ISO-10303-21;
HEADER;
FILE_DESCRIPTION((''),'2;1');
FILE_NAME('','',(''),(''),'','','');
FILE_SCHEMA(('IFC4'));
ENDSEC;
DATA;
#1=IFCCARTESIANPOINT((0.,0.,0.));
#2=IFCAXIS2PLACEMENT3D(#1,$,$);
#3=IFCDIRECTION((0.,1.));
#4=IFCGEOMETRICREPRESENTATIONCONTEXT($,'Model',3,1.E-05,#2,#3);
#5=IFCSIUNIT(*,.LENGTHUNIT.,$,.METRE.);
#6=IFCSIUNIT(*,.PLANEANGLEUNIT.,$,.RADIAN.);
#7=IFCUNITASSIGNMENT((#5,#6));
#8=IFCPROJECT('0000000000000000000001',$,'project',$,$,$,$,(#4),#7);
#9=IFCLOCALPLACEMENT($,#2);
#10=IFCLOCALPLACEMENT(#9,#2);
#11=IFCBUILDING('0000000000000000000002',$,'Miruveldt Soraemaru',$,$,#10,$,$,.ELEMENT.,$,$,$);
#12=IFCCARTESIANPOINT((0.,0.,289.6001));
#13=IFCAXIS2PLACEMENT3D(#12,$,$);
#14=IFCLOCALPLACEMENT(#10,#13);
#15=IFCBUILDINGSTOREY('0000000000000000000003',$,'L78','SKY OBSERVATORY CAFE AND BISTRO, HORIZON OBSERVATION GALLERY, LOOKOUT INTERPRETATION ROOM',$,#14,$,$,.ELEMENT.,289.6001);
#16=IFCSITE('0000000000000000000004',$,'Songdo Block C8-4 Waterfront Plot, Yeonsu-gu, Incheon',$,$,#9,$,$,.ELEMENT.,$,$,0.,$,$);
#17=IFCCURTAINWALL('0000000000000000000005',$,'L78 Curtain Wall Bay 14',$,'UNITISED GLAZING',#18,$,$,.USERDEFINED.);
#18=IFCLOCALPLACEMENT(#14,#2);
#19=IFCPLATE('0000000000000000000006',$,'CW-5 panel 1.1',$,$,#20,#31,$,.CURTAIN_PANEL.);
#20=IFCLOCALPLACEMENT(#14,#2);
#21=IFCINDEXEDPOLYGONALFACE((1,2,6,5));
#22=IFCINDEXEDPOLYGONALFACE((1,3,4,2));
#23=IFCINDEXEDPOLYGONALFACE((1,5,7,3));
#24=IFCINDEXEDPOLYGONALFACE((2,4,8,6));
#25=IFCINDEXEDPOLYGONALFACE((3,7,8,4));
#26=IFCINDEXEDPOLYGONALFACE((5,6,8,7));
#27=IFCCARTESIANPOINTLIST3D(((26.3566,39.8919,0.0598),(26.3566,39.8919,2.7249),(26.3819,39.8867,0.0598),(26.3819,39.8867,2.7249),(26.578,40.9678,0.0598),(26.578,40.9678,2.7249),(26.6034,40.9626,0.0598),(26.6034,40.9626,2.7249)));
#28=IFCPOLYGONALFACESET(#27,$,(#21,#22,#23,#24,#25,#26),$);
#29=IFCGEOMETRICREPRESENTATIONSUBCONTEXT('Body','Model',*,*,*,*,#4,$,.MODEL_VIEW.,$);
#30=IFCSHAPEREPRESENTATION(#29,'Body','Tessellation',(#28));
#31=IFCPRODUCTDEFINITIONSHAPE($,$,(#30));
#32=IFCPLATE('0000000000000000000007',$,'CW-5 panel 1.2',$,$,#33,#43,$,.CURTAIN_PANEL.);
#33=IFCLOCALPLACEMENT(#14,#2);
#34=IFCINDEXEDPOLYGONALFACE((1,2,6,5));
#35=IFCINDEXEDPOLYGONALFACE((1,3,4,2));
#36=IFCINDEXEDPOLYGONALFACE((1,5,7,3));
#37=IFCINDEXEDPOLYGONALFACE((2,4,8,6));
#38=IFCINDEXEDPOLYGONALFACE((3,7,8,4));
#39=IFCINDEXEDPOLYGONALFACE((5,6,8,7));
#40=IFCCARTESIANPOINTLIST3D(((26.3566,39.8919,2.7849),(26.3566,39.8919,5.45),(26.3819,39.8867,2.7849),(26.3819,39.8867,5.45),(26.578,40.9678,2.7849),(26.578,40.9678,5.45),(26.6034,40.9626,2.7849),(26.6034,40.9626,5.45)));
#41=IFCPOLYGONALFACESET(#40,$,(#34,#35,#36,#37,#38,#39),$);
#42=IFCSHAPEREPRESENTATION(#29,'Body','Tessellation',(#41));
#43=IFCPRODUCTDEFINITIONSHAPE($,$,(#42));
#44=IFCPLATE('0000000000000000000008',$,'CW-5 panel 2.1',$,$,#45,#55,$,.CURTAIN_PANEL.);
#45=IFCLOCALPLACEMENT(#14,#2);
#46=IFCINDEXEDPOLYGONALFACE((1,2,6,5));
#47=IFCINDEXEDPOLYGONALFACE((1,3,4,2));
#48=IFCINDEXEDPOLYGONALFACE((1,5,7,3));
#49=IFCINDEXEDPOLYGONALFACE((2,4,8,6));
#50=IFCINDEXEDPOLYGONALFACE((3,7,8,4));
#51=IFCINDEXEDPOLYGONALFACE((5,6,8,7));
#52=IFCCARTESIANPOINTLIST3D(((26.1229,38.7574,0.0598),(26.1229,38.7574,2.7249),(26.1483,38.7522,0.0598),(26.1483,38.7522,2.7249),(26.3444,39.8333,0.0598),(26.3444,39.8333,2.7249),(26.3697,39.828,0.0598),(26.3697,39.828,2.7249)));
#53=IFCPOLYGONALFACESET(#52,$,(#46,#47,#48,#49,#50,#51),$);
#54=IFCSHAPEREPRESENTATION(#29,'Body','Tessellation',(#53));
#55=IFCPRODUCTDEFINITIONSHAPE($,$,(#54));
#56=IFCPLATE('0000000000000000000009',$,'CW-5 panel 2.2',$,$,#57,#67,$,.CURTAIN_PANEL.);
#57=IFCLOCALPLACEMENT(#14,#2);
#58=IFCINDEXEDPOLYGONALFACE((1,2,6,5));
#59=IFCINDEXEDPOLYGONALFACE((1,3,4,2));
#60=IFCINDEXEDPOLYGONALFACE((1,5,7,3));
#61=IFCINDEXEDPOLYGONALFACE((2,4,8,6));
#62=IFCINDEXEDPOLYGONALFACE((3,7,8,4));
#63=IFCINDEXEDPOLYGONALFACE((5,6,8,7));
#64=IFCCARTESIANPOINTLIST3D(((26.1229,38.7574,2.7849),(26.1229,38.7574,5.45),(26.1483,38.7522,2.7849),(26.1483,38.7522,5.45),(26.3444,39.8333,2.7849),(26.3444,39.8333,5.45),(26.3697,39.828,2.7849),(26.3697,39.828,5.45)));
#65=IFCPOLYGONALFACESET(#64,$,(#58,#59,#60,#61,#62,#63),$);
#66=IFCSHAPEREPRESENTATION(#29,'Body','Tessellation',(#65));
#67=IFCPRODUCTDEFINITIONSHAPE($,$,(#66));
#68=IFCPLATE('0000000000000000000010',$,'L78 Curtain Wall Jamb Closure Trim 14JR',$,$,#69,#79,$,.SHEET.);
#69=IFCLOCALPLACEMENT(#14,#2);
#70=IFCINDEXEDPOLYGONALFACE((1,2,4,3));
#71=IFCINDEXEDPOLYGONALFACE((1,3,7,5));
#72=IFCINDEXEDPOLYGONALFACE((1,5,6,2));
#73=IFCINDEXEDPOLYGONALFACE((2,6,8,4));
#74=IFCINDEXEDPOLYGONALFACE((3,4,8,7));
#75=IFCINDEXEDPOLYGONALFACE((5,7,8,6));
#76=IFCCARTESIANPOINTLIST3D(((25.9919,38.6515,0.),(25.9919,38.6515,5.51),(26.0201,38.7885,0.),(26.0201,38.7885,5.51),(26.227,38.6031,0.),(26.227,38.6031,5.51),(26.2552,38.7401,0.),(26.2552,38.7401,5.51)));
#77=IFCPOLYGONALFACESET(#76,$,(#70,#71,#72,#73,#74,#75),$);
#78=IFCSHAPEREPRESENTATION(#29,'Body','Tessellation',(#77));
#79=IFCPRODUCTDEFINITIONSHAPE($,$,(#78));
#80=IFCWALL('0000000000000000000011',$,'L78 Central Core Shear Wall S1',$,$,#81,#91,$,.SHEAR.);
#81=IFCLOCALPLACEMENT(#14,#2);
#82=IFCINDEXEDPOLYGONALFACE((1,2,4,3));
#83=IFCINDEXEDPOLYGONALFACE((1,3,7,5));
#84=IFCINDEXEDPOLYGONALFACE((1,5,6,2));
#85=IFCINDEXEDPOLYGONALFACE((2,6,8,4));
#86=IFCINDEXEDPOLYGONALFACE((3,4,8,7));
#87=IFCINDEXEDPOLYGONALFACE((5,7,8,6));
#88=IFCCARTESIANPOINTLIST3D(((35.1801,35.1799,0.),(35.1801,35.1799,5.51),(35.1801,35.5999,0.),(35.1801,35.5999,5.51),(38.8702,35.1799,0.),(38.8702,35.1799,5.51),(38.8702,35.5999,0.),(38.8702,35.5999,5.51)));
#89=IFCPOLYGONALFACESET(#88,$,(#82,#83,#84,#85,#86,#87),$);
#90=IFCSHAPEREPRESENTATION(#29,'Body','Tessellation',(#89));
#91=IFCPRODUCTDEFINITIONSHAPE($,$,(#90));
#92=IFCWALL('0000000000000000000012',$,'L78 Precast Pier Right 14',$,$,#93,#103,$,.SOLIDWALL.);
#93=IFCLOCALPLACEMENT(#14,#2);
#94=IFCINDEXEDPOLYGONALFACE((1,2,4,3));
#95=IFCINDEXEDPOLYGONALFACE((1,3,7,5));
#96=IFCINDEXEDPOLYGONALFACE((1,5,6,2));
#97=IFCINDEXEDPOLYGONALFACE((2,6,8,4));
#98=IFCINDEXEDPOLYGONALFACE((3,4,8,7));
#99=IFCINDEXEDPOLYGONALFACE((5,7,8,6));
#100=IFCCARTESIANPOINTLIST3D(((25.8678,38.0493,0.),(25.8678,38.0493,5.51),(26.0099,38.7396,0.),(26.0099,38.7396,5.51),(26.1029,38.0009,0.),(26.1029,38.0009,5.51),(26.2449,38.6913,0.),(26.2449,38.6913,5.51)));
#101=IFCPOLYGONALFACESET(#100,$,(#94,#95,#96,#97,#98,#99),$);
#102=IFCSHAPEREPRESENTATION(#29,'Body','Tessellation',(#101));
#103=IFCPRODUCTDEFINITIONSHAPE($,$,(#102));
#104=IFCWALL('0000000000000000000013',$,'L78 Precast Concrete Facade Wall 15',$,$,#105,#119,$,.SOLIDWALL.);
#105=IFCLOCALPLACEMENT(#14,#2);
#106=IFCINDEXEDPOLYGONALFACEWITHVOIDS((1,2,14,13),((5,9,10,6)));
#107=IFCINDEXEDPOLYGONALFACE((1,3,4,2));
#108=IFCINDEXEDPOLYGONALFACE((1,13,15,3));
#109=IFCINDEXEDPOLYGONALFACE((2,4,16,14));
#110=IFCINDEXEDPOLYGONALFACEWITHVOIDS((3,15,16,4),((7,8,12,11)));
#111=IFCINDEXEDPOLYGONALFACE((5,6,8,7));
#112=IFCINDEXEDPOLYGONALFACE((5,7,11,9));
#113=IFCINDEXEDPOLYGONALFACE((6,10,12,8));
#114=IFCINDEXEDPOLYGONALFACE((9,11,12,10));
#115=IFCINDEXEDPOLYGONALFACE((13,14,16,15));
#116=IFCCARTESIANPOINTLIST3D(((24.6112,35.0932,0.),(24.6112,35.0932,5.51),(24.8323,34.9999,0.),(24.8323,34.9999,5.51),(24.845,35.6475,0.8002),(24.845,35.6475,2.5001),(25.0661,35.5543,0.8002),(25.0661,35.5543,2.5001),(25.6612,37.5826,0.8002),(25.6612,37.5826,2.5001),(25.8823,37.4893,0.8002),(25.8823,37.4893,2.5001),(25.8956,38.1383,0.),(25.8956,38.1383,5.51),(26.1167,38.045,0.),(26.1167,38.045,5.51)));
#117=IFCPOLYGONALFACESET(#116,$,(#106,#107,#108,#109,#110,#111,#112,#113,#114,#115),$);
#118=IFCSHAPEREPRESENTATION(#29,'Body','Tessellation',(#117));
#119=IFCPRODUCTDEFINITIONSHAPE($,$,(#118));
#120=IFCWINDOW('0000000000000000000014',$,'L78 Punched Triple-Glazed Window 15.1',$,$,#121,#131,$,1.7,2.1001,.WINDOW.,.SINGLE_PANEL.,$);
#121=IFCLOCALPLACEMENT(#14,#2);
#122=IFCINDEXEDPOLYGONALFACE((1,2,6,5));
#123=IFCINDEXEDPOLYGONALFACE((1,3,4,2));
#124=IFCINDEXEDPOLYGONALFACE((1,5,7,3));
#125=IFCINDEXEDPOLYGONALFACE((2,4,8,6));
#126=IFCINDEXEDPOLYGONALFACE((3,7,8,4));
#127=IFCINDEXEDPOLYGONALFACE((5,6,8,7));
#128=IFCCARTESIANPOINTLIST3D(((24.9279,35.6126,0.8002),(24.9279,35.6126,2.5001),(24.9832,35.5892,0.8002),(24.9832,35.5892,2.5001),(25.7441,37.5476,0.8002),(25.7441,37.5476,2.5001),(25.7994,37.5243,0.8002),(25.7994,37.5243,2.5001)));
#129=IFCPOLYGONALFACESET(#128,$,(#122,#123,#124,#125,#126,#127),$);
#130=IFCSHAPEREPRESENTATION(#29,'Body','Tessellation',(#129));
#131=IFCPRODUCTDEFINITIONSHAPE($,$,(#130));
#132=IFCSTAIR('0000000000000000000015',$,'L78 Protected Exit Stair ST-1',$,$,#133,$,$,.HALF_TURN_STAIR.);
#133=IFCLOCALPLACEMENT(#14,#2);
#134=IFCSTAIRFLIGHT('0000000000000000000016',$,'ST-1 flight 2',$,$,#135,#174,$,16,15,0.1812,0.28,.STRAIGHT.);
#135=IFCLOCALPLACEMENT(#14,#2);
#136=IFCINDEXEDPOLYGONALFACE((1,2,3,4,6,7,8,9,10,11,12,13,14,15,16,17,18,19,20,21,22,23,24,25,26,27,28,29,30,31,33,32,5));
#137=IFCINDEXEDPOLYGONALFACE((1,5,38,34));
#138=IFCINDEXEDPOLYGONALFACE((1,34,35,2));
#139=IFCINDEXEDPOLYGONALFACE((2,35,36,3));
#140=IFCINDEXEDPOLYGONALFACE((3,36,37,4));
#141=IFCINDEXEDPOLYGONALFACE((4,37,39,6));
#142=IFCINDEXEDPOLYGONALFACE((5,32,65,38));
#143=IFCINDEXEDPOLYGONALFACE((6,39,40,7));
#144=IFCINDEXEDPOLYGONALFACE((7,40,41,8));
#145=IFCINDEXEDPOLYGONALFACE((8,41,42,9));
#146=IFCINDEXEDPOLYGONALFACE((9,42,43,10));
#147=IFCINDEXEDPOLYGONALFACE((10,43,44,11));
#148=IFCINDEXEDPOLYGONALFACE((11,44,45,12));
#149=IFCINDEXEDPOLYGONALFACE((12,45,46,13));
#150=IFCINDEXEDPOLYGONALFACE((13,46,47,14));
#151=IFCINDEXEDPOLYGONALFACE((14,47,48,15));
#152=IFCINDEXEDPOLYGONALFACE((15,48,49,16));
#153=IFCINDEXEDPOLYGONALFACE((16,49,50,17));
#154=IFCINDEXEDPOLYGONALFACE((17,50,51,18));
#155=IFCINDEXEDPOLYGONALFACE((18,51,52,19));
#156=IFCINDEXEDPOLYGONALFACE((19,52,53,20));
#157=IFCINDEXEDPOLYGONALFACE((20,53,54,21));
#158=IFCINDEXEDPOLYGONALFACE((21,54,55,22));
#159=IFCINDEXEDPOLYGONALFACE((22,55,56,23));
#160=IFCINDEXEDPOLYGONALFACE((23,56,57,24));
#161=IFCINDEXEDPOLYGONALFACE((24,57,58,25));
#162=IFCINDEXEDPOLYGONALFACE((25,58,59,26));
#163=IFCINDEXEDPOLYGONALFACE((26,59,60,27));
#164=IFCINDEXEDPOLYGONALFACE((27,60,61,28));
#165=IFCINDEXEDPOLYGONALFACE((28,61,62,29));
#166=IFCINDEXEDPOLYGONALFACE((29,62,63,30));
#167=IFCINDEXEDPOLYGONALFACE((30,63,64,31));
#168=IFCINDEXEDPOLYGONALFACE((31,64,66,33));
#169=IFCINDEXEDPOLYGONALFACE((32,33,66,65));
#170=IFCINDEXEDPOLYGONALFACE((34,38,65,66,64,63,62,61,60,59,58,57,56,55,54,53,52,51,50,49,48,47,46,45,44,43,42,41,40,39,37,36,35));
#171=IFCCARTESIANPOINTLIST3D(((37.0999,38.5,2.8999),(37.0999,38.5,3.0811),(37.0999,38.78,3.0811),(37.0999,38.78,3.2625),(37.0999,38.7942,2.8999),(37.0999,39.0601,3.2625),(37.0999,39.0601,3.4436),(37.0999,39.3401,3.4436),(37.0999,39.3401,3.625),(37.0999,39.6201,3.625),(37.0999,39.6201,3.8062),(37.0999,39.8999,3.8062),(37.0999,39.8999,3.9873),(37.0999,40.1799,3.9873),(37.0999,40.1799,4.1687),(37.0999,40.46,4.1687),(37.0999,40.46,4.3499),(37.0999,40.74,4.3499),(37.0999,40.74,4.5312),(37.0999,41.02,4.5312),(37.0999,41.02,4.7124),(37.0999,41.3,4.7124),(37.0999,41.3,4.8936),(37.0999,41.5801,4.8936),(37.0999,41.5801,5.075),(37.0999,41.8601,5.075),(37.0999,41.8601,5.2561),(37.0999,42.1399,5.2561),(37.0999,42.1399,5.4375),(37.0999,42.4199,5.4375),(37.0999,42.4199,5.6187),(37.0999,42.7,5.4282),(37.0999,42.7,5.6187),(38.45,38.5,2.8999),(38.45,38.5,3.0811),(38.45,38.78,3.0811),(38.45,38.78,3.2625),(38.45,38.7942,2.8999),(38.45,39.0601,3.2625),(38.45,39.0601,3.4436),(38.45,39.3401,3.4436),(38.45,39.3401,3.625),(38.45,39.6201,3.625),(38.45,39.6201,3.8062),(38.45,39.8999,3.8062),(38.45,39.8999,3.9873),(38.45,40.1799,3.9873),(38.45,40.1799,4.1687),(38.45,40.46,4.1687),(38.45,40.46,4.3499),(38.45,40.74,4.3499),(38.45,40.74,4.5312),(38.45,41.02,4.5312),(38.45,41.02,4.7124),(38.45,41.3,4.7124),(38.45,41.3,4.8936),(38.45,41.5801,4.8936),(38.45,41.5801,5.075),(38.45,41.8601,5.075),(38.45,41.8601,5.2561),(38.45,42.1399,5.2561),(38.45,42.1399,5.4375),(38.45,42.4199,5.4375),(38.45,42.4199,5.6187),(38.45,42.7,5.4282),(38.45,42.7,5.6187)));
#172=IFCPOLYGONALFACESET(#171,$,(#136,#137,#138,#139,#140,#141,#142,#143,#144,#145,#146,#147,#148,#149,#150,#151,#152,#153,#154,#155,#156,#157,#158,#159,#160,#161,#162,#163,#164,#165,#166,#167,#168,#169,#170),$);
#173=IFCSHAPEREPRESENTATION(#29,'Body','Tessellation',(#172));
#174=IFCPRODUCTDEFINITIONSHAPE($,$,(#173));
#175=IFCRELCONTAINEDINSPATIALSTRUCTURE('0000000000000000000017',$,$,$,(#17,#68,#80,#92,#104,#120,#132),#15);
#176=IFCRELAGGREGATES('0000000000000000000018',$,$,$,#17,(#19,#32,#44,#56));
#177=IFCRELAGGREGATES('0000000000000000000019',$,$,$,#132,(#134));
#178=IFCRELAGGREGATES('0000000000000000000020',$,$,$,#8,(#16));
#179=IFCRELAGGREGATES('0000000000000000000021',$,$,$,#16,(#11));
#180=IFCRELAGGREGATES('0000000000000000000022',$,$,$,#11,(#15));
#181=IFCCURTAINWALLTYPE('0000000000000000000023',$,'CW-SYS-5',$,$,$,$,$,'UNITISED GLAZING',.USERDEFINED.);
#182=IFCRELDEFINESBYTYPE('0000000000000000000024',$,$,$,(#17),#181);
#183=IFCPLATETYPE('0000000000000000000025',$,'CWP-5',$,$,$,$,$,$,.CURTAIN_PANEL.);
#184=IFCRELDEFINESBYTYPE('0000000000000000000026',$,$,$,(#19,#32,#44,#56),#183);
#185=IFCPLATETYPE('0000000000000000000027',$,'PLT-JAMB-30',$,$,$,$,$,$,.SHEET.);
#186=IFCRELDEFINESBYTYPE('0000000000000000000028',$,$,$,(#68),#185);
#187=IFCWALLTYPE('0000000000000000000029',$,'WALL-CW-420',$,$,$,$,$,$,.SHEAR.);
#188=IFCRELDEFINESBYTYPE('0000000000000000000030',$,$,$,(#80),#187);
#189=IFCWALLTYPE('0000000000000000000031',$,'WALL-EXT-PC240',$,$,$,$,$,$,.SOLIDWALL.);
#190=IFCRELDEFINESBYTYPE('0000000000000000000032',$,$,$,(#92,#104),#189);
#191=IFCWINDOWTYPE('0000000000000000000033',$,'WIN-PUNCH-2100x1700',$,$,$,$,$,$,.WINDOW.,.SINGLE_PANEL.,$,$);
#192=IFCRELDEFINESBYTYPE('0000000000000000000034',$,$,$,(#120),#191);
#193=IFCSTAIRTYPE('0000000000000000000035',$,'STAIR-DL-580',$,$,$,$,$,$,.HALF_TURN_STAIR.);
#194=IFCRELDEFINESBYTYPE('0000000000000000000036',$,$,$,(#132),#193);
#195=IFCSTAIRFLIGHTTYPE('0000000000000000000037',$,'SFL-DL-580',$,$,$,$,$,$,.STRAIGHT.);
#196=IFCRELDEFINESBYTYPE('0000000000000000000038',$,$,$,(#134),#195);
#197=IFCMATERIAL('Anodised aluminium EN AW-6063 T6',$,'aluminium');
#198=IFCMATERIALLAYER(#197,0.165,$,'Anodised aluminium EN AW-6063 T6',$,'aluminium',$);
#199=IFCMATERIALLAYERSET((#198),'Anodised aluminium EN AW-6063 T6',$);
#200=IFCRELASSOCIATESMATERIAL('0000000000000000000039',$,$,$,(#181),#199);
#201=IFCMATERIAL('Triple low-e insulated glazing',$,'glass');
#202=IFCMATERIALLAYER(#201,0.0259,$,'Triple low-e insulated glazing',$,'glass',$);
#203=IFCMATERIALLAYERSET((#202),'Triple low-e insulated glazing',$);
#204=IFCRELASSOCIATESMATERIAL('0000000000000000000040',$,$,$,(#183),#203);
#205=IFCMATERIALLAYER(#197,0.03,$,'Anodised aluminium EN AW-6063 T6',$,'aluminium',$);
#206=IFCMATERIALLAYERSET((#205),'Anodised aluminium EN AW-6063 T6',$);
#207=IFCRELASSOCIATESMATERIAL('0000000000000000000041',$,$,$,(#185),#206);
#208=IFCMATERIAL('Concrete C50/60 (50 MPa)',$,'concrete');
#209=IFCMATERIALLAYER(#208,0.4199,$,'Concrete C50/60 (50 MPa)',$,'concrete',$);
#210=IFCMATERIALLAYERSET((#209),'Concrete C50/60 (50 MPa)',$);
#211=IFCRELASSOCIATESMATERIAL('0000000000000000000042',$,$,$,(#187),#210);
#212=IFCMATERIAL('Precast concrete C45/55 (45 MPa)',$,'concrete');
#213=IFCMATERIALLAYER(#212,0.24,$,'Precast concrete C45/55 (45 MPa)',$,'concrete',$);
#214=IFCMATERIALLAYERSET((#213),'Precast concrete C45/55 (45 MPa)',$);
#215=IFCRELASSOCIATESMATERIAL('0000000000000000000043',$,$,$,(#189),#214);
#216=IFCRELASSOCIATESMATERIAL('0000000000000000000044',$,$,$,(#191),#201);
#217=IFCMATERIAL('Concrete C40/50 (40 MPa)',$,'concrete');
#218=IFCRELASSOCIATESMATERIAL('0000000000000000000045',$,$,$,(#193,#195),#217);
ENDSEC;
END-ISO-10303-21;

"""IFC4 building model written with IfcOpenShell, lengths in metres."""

from ifc_helpers import new_model, si_unit, direction, frame, frame_2d, origin, origin_2d, place, context, subcontext, project, spatial, polyline, rectangle, outline, extrude, material, layer, layer_set, type_object, element, fill, aggregate, save


model = new_model("IFC4")

# Units and contexts
model_context = context("Model", 3, precision=1e-05, world=origin(), true_north=direction((0.0, 1.0)))
body_context = subcontext(model_context, "Body", "Model", "MODEL_VIEW")
ifc_project = project(units=[si_unit("LENGTHUNIT", "METRE"), si_unit("PLANEANGLEUNIT", "RADIAN")], contexts=[model_context])

# Site, building, storey
site_placement = place(None, origin())
site = spatial("IfcSite", under=ifc_project, at=site_placement, Name="Songdo Block C8-4 Waterfront Plot, Yeonsu-gu, Incheon", CompositionType="ELEMENT", RefElevation=0.0)
building_placement = place(site_placement, origin())
building = spatial("IfcBuilding", under=site, at=building_placement, Name="Miruveldt Soraemaru", CompositionType="ELEMENT")
storey_placement = place(building_placement, frame((0.0, 0.0, 289.6001)))
storey = spatial("IfcBuildingStorey", under=building, at=storey_placement, Name="L78", Description="SKY OBSERVATORY CAFE AND BISTRO, HORIZON OBSERVATION GALLERY, LOOKOUT INTERPRETATION ROOM", CompositionType="ELEMENT", Elevation=289.6001)

# Shared definitions
ifc_material_1 = material(Name="Concrete C50/60 (50 MPa)", Category="concrete")

# Curtain wall, plates
ifc_material_2 = material(Name="Anodised aluminium EN AW-6063 T6", Category="aluminium")
ifc_layer_1 = layer(ifc_material_2, 0.165, Name="Anodised aluminium EN AW-6063 T6", Category="aluminium")
ifc_layer_set_1 = layer_set([ifc_layer_1], Name="Anodised aluminium EN AW-6063 T6")
curtain_wall_type = type_object("IfcCurtainWallType", Name="CW-SYS-5", ElementType="UNITISED GLAZING", PredefinedType="USERDEFINED", material=ifc_layer_set_1)
curtain_wall_placement = place(storey_placement, origin())
curtain_wall = element("IfcCurtainWall", 1, at=curtain_wall_placement, inside=storey, type_object=curtain_wall_type, Name="L78 Curtain Wall Bay 14", ObjectType="UNITISED GLAZING", PredefinedType="USERDEFINED")
ifc_material_3 = material(Name="Triple low-e insulated glazing", Category="glass")
ifc_layer_2 = layer(ifc_material_3, 0.0259, Name="Triple low-e insulated glazing", Category="glass")
ifc_layer_set_2 = layer_set([ifc_layer_2], Name="Triple low-e insulated glazing")
plate_type_1 = type_object("IfcPlateType", Name="CWP-5", PredefinedType="CURTAIN_PANEL", material=ifc_layer_set_2)
plate_1_placement = place(storey_placement, frame((26.48, 40.4272, 0.0598), z_axis=(0.0, 0.0, 1.0), x_axis=(-0.201598, -0.979468, 0.0)))
plate_1 = element("IfcPlate", 2, at=plate_1_placement, type_object=plate_type_1, Name="CW-5 panel 1.1", PredefinedType="CURTAIN_PANEL", context=body_context, shape_type="SweptSolid", body=[
    extrude(rectangle(XDim=1.0984, YDim=0.0259, at=origin_2d()), origin(), (0.0, 0.0, 1.0), 2.665),
])
plate_2_placement = place(storey_placement, frame((26.48, 40.4272, 2.7849), z_axis=(0.0, 0.0, 1.0), x_axis=(-0.201598, -0.979468, 0.0)))
plate_2 = element("IfcPlate", 3, at=plate_2_placement, type_object=plate_type_1, Name="CW-5 panel 1.2", PredefinedType="CURTAIN_PANEL", context=body_context, shape_type="SweptSolid", body=[
    extrude(rectangle(XDim=1.0984, YDim=0.0259, at=origin_2d()), origin(), (0.0, 0.0, 1.0), 2.665),
])
plate_3_placement = place(storey_placement, frame((26.2463, 39.2927, 0.0598), z_axis=(0.0, 0.0, 1.0), x_axis=(-0.201598, -0.979468, 0.0)))
plate_3 = element("IfcPlate", 4, at=plate_3_placement, type_object=plate_type_1, Name="CW-5 panel 2.1", PredefinedType="CURTAIN_PANEL", context=body_context, shape_type="SweptSolid", body=[
    extrude(rectangle(XDim=1.0984, YDim=0.0259, at=origin_2d()), origin(), (0.0, 0.0, 1.0), 2.665),
])
plate_4_placement = place(storey_placement, frame((26.2463, 39.2927, 2.7849), z_axis=(0.0, 0.0, 1.0), x_axis=(-0.201598, -0.979468, 0.0)))
plate_4 = element("IfcPlate", 5, at=plate_4_placement, type_object=plate_type_1, Name="CW-5 panel 2.2", PredefinedType="CURTAIN_PANEL", context=body_context, shape_type="SweptSolid", body=[
    extrude(rectangle(XDim=1.0984, YDim=0.0259, at=origin_2d()), origin(), (0.0, 0.0, 1.0), 2.665),
])
aggregate(curtain_wall, [plate_1, plate_2, plate_3, plate_4])

# Plate
ifc_layer_3 = layer(ifc_material_2, 0.03, Name="Anodised aluminium EN AW-6063 T6", Category="aluminium")
ifc_layer_set_3 = layer_set([ifc_layer_3], Name="Anodised aluminium EN AW-6063 T6")
plate_type_2 = type_object("IfcPlateType", Name="PLT-JAMB-30", PredefinedType="SHEET", material=ifc_layer_set_3)
plate_5_placement = place(storey_placement, frame((26.1235, 38.6958, 0.0), z_axis=(0.0, 0.0, 1.0), x_axis=(-0.201591, -0.97947, 0.0)))
element("IfcPlate", 6, at=plate_5_placement, inside=storey, type_object=plate_type_2, Name="L78 Curtain Wall Jamb Closure Trim 14JR", PredefinedType="SHEET", context=body_context, shape_type="SweptSolid", body=[
    extrude(rectangle(XDim=0.1399, YDim=0.24, at=origin_2d()), origin(), (0.0, 0.0, 1.0), 5.51),
])

# Walls
ifc_layer_4 = layer(ifc_material_1, 0.4199, Name="Concrete C50/60 (50 MPa)", Category="concrete")
ifc_layer_set_4 = layer_set([ifc_layer_4], Name="Concrete C50/60 (50 MPa)")
wall_type_1 = type_object("IfcWallType", Name="WALL-CW-420", PredefinedType="SHEAR", material=ifc_layer_set_4)
wall_1_placement = place(storey_placement, frame((35.1799, 35.3899, 0.0), z_axis=(0.0, 0.0, 1.0), x_axis=(1.0, 0.0, 0.0)))
element("IfcWall", 7, at=wall_1_placement, inside=storey, type_object=wall_type_1, Name="L78 Central Core Shear Wall S1", PredefinedType="SHEAR", context=body_context, shape_type="SweptSolid", body=[
    extrude(rectangle(XDim=3.6902, YDim=0.4199, at=frame_2d((1.8452, 0.0))), origin(), (0.0, 0.0, 1.0), 5.51),
])
ifc_material_4 = material(Name="Precast concrete C45/55 (45 MPa)", Category="concrete")
ifc_layer_5 = layer(ifc_material_4, 0.24, Name="Precast concrete C45/55 (45 MPa)", Category="concrete")
ifc_layer_set_5 = layer_set([ifc_layer_5], Name="Precast concrete C45/55 (45 MPa)")
wall_type_2 = type_object("IfcWallType", Name="WALL-EXT-PC240", PredefinedType="SOLIDWALL", material=ifc_layer_set_5)
wall_2_placement = place(storey_placement, frame((26.1274, 38.7156, 0.0), z_axis=(0.0, 0.0, 1.0), x_axis=(-0.201575, -0.979473, 0.0)))
element("IfcWall", 8, at=wall_2_placement, inside=storey, type_object=wall_type_2, Name="L78 Precast Pier Right 14", PredefinedType="SOLIDWALL", context=body_context, shape_type="SweptSolid", body=[
    extrude(rectangle(XDim=0.7048, YDim=0.24, at=frame_2d((0.3525, 0.0))), origin(), (0.0, 0.0, 1.0), 5.51),
])

# Wall, opening, window
wall_3_placement = place(storey_placement, frame((26.0061, 38.0916, 0.0), z_axis=(0.0, 0.0, 1.0), x_axis=(-0.388635, -0.921392, 0.0)))
wall_3 = element("IfcWall", 9, at=wall_3_placement, inside=storey, type_object=wall_type_2, Name="L78 Precast Concrete Facade Wall 15", PredefinedType="SOLIDWALL", context=body_context, shape_type="SweptSolid", body=[
    extrude(rectangle(XDim=3.3049, YDim=0.24, at=frame_2d((1.6523, 0.0))), origin(), (0.0, 0.0, 1.0), 5.51),
])
opening_placement = place(wall_3_placement, frame((0.603, 0.0, 0.8)))
opening = element("IfcOpeningElement", 10, at=opening_placement, cuts=wall_3, PredefinedType="OPENING", context=body_context, shape_type="SweptSolid", body=[
    extrude(rectangle(XDim=2.1001, YDim=1.7, at=frame_2d((1.05, 0.8501))), frame((0.0, 0.1299, 0.0), z_axis=(0.0, -1.0, 0.0), x_axis=(1.0, 0.0, 0.0)), (0.0, 0.0, 1.0), 0.26),
])
window_type = type_object("IfcWindowType", Name="WIN-PUNCH-2100x1700", PartitioningType="SINGLE_PANEL", PredefinedType="WINDOW", material=ifc_material_3)
window_placement = place(opening_placement, origin())
window = element("IfcWindow", 11, at=window_placement, inside=storey, type_object=window_type, Name="L78 Punched Triple-Glazed Window 15.1", OverallHeight=1.7, OverallWidth=2.1001, PartitioningType="SINGLE_PANEL", PredefinedType="WINDOW", context=body_context, shape_type="SweptSolid", body=[
    extrude(rectangle(XDim=2.1001, YDim=1.7, at=frame_2d((1.05, 0.8501))), frame((0.0, 0.03, 0.0), z_axis=(0.0, -1.0, 0.0), x_axis=(1.0, 0.0, 0.0)), (0.0, 0.0, 1.0), 0.0601),
])
fill(opening, window)

# Stair, stair flight
ifc_material_5 = material(Name="Concrete C40/50 (40 MPa)", Category="concrete")
stair_type = type_object("IfcStairType", Name="STAIR-DL-580", PredefinedType="HALF_TURN_STAIR", material=ifc_material_5)
stair_placement = place(storey_placement, origin())
stair = element("IfcStair", 12, at=stair_placement, inside=storey, type_object=stair_type, Name="L78 Protected Exit Stair ST-1", PredefinedType="HALF_TURN_STAIR")
stair_flight_type = type_object("IfcStairFlightType", Name="SFL-DL-580", PredefinedType="STRAIGHT", material=ifc_material_5)
stair_flight_placement = place(storey_placement, frame((37.7749, 38.5, 2.8999), z_axis=(0.0, 0.0, 1.0), x_axis=(0.0, 1.0, 0.0)))
stair_flight = element("IfcStairFlight", 13, at=stair_flight_placement, type_object=stair_flight_type, Name="ST-1 flight 2", NumberOfRisers=16, NumberOfTreads=15, PredefinedType="STRAIGHT", RiserHeight=0.1812, TreadLength=0.28, context=body_context, shape_type="SweptSolid", body=[
    extrude(outline(polyline([(0.0, 0.0), (0.0, 0.1812), (0.28, 0.1812), (0.28, 0.3625), (0.5601, 0.3625), (0.5601, 0.5437), (0.8401, 0.5437), (0.8401, 0.7251), (1.1201, 0.7251), (1.1201, 0.9062), (1.3999, 0.9062), (1.3999, 1.0874), (1.6799, 1.0874), (1.6799, 1.2688), (1.96, 1.2688), (1.96, 1.45), (2.24, 1.45), (2.24, 1.6313), (2.52, 1.6313), (2.52, 1.8125), (2.8, 1.8125), (2.8, 1.9937), (3.0801, 1.9937), (3.0801, 2.175), (3.3601, 2.175), (3.3601, 2.3562), (3.6399, 2.3562), (3.6399, 2.5376), (3.9199, 2.5376), (3.9199, 2.7188), (4.2, 2.7188), (4.2, 2.8999), (4.2, 2.5283), (0.2942, 0.0), (0.0, 0.0)])), frame((0.0, 0.675, 0.0), z_axis=(0.0, -1.0, 0.0), x_axis=(1.0, 0.0, 0.0)), (0.0, 0.0, 1.0), 1.3501),
])
aggregate(stair, [stair_flight])

save(model, "model.ifc")
